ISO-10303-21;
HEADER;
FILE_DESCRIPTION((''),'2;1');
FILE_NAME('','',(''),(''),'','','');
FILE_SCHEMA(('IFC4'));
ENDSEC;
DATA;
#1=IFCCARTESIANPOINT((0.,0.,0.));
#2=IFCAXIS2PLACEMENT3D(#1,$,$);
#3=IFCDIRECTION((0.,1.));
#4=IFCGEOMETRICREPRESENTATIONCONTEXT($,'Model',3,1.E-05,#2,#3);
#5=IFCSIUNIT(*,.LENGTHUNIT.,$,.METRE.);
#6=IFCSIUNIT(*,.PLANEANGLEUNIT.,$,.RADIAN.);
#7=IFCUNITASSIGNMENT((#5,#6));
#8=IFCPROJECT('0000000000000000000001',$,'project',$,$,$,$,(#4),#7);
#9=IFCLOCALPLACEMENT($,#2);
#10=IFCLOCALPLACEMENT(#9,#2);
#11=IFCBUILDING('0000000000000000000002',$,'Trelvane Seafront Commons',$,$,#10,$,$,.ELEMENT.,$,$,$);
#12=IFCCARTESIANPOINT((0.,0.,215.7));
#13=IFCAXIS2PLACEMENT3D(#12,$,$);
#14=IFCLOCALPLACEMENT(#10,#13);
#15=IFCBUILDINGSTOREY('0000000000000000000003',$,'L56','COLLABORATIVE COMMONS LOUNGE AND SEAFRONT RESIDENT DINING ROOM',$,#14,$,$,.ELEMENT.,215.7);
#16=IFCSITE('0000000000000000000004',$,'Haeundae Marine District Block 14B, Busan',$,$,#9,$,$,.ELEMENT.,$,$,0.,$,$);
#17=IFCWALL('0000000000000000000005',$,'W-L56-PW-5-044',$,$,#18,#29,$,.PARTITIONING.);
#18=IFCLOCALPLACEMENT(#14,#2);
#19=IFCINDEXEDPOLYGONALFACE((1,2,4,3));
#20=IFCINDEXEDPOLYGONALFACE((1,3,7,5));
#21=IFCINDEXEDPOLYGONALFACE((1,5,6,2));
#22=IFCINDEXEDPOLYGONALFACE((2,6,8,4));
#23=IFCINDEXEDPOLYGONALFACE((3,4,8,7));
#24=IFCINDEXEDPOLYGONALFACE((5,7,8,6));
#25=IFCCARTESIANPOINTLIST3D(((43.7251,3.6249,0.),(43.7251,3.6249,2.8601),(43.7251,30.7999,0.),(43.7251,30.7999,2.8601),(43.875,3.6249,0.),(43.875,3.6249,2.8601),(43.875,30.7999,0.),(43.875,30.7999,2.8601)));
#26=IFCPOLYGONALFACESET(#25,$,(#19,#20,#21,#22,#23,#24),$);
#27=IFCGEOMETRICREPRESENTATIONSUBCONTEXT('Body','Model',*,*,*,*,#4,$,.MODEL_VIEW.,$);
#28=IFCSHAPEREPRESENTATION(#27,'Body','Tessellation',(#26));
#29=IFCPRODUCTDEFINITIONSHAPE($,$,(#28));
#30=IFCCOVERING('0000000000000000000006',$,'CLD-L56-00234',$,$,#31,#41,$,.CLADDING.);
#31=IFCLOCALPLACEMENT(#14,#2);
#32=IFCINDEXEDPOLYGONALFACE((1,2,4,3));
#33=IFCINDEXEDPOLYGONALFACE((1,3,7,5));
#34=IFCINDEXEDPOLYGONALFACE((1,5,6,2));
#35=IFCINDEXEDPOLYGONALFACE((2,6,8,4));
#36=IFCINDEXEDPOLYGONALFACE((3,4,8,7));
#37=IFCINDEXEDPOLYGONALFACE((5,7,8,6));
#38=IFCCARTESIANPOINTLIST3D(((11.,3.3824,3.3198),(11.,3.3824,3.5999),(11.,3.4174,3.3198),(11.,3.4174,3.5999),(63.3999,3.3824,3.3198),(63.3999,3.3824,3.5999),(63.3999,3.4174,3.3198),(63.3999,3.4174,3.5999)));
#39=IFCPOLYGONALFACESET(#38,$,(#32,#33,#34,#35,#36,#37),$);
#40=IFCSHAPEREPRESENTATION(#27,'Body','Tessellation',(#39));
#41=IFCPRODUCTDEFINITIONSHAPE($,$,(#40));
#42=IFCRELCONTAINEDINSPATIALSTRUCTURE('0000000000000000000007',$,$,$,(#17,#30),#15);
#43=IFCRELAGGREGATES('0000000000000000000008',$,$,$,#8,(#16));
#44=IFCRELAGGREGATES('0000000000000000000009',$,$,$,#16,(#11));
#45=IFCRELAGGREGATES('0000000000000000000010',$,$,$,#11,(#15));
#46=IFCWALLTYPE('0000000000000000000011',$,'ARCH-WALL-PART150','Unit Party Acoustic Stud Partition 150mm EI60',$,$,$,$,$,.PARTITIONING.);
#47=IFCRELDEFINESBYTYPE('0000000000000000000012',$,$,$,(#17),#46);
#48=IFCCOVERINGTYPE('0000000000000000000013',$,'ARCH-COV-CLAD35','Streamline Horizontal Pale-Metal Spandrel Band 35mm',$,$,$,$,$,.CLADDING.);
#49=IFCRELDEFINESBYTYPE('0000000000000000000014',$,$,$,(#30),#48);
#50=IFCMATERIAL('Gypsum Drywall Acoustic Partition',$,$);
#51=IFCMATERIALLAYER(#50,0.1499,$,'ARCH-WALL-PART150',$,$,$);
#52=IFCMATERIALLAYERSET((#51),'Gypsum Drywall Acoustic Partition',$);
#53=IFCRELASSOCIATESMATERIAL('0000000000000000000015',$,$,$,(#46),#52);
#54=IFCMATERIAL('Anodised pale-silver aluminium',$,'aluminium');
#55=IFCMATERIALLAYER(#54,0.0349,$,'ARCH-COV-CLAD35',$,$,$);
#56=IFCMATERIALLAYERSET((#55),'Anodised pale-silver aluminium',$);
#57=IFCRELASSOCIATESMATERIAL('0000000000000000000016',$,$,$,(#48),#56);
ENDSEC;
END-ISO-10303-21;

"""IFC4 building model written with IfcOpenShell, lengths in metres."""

from ifc_helpers import new_model, si_unit, direction, frame, frame_2d, origin, origin_2d, place, context, subcontext, project, spatial, rectangle, extrude, source, transform, mapped, material, layer, layer_set, type_object, element, save


model = new_model("IFC4")

# Units and contexts
model_context = context("Model", 3, precision=1e-05, world=origin(), true_north=direction((0.0, 1.0)))
body_context = subcontext(model_context, "Body", "Model", "MODEL_VIEW")
ifc_project = project(units=[si_unit("LENGTHUNIT", "METRE"), si_unit("PLANEANGLEUNIT", "RADIAN")], contexts=[model_context])

# Site, building, storey
site_placement = place(None, origin())
site = spatial("IfcSite", under=ifc_project, at=site_placement, Name="Haeundae Marine District Block 14B, Busan", CompositionType="ELEMENT", RefElevation=0.0)
building_placement = place(site_placement, origin())
building = spatial("IfcBuilding", under=site, at=building_placement, Name="Trelvane Seafront Commons", CompositionType="ELEMENT")
storey_placement = place(building_placement, frame((0.0, 0.0, 215.7)))
storey = spatial("IfcBuildingStorey", under=building, at=storey_placement, Name="L56", Description="COLLABORATIVE COMMONS LOUNGE AND SEAFRONT RESIDENT DINING ROOM", CompositionType="ELEMENT", Elevation=215.7)

# Shared definitions
ifc_material_1 = material(Name="Anodised pale-silver aluminium", Category="aluminium")

# Shared definitions
ifc_material_2 = material(Name="Gypsum Drywall Acoustic Partition")

# Wall
ifc_layer_1 = layer(ifc_material_2, 0.1499, Name="ARCH-WALL-PART150")
ifc_layer_set_1 = layer_set([ifc_layer_1], Name="Gypsum Drywall Acoustic Partition")
wall_type_1 = type_object("IfcWallType", Name="ARCH-WALL-PART150", Description="Unit Party Acoustic Stud Partition 150mm EI60", PredefinedType="PARTITIONING", material=ifc_layer_set_1)
wall_1_placement = place(storey_placement, frame((43.8, 3.625, 0.0), z_axis=(0.0, 0.0, 1.0), x_axis=(0.0, 1.0, 0.0)))
element("IfcWall", 1, at=wall_1_placement, inside=storey, type_object=wall_type_1, Name="W-L56-PW-5-044", PredefinedType="PARTITIONING", context=body_context, shape_type="SweptSolid", body=[
    extrude(rectangle(XDim=27.175, YDim=0.1499, at=frame_2d((13.5874, 0.0))), origin(), (0.0, 0.0, 1.0), 2.8601),
])

# Covering
ifc_layer_2 = layer(ifc_material_1, 0.0349, Name="ARCH-COV-CLAD35")
ifc_layer_set_2 = layer_set([ifc_layer_2], Name="Anodised pale-silver aluminium")
covering_type = type_object("IfcCoveringType", Name="ARCH-COV-CLAD35", Description="Streamline Horizontal Pale-Metal Spandrel Band 35mm", PredefinedType="CLADDING", material=ifc_layer_set_2)
shared_shape_1 = source(origin(), body_context, "Body", "SweptSolid", [
    extrude(rectangle(XDim=52.3999, YDim=0.0349, at=origin_2d()), origin(), (0.0, 0.0, 1.0), 0.28),
])
covering_placement = place(storey_placement, frame((37.2, 3.3999, 3.3198), z_axis=(0.0, 0.0, 1.0), x_axis=(-1.0, 0.0, 0.0)))
element("IfcCovering", 2, at=covering_placement, inside=storey, type_object=covering_type, Name="CLD-L56-00234", PredefinedType="CLADDING", context=body_context, shape_type="MappedRepresentation", body=[
    mapped(shared_shape_1, transform((0.0, 0.0, 0.0), x_axis=(1.0, 0.0, 0.0), y_axis=(0.0, 1.0, 0.0), z_axis=(0.0, 0.0, 1.0), scale=1.0)),
])

save(model, "model.ifc")
